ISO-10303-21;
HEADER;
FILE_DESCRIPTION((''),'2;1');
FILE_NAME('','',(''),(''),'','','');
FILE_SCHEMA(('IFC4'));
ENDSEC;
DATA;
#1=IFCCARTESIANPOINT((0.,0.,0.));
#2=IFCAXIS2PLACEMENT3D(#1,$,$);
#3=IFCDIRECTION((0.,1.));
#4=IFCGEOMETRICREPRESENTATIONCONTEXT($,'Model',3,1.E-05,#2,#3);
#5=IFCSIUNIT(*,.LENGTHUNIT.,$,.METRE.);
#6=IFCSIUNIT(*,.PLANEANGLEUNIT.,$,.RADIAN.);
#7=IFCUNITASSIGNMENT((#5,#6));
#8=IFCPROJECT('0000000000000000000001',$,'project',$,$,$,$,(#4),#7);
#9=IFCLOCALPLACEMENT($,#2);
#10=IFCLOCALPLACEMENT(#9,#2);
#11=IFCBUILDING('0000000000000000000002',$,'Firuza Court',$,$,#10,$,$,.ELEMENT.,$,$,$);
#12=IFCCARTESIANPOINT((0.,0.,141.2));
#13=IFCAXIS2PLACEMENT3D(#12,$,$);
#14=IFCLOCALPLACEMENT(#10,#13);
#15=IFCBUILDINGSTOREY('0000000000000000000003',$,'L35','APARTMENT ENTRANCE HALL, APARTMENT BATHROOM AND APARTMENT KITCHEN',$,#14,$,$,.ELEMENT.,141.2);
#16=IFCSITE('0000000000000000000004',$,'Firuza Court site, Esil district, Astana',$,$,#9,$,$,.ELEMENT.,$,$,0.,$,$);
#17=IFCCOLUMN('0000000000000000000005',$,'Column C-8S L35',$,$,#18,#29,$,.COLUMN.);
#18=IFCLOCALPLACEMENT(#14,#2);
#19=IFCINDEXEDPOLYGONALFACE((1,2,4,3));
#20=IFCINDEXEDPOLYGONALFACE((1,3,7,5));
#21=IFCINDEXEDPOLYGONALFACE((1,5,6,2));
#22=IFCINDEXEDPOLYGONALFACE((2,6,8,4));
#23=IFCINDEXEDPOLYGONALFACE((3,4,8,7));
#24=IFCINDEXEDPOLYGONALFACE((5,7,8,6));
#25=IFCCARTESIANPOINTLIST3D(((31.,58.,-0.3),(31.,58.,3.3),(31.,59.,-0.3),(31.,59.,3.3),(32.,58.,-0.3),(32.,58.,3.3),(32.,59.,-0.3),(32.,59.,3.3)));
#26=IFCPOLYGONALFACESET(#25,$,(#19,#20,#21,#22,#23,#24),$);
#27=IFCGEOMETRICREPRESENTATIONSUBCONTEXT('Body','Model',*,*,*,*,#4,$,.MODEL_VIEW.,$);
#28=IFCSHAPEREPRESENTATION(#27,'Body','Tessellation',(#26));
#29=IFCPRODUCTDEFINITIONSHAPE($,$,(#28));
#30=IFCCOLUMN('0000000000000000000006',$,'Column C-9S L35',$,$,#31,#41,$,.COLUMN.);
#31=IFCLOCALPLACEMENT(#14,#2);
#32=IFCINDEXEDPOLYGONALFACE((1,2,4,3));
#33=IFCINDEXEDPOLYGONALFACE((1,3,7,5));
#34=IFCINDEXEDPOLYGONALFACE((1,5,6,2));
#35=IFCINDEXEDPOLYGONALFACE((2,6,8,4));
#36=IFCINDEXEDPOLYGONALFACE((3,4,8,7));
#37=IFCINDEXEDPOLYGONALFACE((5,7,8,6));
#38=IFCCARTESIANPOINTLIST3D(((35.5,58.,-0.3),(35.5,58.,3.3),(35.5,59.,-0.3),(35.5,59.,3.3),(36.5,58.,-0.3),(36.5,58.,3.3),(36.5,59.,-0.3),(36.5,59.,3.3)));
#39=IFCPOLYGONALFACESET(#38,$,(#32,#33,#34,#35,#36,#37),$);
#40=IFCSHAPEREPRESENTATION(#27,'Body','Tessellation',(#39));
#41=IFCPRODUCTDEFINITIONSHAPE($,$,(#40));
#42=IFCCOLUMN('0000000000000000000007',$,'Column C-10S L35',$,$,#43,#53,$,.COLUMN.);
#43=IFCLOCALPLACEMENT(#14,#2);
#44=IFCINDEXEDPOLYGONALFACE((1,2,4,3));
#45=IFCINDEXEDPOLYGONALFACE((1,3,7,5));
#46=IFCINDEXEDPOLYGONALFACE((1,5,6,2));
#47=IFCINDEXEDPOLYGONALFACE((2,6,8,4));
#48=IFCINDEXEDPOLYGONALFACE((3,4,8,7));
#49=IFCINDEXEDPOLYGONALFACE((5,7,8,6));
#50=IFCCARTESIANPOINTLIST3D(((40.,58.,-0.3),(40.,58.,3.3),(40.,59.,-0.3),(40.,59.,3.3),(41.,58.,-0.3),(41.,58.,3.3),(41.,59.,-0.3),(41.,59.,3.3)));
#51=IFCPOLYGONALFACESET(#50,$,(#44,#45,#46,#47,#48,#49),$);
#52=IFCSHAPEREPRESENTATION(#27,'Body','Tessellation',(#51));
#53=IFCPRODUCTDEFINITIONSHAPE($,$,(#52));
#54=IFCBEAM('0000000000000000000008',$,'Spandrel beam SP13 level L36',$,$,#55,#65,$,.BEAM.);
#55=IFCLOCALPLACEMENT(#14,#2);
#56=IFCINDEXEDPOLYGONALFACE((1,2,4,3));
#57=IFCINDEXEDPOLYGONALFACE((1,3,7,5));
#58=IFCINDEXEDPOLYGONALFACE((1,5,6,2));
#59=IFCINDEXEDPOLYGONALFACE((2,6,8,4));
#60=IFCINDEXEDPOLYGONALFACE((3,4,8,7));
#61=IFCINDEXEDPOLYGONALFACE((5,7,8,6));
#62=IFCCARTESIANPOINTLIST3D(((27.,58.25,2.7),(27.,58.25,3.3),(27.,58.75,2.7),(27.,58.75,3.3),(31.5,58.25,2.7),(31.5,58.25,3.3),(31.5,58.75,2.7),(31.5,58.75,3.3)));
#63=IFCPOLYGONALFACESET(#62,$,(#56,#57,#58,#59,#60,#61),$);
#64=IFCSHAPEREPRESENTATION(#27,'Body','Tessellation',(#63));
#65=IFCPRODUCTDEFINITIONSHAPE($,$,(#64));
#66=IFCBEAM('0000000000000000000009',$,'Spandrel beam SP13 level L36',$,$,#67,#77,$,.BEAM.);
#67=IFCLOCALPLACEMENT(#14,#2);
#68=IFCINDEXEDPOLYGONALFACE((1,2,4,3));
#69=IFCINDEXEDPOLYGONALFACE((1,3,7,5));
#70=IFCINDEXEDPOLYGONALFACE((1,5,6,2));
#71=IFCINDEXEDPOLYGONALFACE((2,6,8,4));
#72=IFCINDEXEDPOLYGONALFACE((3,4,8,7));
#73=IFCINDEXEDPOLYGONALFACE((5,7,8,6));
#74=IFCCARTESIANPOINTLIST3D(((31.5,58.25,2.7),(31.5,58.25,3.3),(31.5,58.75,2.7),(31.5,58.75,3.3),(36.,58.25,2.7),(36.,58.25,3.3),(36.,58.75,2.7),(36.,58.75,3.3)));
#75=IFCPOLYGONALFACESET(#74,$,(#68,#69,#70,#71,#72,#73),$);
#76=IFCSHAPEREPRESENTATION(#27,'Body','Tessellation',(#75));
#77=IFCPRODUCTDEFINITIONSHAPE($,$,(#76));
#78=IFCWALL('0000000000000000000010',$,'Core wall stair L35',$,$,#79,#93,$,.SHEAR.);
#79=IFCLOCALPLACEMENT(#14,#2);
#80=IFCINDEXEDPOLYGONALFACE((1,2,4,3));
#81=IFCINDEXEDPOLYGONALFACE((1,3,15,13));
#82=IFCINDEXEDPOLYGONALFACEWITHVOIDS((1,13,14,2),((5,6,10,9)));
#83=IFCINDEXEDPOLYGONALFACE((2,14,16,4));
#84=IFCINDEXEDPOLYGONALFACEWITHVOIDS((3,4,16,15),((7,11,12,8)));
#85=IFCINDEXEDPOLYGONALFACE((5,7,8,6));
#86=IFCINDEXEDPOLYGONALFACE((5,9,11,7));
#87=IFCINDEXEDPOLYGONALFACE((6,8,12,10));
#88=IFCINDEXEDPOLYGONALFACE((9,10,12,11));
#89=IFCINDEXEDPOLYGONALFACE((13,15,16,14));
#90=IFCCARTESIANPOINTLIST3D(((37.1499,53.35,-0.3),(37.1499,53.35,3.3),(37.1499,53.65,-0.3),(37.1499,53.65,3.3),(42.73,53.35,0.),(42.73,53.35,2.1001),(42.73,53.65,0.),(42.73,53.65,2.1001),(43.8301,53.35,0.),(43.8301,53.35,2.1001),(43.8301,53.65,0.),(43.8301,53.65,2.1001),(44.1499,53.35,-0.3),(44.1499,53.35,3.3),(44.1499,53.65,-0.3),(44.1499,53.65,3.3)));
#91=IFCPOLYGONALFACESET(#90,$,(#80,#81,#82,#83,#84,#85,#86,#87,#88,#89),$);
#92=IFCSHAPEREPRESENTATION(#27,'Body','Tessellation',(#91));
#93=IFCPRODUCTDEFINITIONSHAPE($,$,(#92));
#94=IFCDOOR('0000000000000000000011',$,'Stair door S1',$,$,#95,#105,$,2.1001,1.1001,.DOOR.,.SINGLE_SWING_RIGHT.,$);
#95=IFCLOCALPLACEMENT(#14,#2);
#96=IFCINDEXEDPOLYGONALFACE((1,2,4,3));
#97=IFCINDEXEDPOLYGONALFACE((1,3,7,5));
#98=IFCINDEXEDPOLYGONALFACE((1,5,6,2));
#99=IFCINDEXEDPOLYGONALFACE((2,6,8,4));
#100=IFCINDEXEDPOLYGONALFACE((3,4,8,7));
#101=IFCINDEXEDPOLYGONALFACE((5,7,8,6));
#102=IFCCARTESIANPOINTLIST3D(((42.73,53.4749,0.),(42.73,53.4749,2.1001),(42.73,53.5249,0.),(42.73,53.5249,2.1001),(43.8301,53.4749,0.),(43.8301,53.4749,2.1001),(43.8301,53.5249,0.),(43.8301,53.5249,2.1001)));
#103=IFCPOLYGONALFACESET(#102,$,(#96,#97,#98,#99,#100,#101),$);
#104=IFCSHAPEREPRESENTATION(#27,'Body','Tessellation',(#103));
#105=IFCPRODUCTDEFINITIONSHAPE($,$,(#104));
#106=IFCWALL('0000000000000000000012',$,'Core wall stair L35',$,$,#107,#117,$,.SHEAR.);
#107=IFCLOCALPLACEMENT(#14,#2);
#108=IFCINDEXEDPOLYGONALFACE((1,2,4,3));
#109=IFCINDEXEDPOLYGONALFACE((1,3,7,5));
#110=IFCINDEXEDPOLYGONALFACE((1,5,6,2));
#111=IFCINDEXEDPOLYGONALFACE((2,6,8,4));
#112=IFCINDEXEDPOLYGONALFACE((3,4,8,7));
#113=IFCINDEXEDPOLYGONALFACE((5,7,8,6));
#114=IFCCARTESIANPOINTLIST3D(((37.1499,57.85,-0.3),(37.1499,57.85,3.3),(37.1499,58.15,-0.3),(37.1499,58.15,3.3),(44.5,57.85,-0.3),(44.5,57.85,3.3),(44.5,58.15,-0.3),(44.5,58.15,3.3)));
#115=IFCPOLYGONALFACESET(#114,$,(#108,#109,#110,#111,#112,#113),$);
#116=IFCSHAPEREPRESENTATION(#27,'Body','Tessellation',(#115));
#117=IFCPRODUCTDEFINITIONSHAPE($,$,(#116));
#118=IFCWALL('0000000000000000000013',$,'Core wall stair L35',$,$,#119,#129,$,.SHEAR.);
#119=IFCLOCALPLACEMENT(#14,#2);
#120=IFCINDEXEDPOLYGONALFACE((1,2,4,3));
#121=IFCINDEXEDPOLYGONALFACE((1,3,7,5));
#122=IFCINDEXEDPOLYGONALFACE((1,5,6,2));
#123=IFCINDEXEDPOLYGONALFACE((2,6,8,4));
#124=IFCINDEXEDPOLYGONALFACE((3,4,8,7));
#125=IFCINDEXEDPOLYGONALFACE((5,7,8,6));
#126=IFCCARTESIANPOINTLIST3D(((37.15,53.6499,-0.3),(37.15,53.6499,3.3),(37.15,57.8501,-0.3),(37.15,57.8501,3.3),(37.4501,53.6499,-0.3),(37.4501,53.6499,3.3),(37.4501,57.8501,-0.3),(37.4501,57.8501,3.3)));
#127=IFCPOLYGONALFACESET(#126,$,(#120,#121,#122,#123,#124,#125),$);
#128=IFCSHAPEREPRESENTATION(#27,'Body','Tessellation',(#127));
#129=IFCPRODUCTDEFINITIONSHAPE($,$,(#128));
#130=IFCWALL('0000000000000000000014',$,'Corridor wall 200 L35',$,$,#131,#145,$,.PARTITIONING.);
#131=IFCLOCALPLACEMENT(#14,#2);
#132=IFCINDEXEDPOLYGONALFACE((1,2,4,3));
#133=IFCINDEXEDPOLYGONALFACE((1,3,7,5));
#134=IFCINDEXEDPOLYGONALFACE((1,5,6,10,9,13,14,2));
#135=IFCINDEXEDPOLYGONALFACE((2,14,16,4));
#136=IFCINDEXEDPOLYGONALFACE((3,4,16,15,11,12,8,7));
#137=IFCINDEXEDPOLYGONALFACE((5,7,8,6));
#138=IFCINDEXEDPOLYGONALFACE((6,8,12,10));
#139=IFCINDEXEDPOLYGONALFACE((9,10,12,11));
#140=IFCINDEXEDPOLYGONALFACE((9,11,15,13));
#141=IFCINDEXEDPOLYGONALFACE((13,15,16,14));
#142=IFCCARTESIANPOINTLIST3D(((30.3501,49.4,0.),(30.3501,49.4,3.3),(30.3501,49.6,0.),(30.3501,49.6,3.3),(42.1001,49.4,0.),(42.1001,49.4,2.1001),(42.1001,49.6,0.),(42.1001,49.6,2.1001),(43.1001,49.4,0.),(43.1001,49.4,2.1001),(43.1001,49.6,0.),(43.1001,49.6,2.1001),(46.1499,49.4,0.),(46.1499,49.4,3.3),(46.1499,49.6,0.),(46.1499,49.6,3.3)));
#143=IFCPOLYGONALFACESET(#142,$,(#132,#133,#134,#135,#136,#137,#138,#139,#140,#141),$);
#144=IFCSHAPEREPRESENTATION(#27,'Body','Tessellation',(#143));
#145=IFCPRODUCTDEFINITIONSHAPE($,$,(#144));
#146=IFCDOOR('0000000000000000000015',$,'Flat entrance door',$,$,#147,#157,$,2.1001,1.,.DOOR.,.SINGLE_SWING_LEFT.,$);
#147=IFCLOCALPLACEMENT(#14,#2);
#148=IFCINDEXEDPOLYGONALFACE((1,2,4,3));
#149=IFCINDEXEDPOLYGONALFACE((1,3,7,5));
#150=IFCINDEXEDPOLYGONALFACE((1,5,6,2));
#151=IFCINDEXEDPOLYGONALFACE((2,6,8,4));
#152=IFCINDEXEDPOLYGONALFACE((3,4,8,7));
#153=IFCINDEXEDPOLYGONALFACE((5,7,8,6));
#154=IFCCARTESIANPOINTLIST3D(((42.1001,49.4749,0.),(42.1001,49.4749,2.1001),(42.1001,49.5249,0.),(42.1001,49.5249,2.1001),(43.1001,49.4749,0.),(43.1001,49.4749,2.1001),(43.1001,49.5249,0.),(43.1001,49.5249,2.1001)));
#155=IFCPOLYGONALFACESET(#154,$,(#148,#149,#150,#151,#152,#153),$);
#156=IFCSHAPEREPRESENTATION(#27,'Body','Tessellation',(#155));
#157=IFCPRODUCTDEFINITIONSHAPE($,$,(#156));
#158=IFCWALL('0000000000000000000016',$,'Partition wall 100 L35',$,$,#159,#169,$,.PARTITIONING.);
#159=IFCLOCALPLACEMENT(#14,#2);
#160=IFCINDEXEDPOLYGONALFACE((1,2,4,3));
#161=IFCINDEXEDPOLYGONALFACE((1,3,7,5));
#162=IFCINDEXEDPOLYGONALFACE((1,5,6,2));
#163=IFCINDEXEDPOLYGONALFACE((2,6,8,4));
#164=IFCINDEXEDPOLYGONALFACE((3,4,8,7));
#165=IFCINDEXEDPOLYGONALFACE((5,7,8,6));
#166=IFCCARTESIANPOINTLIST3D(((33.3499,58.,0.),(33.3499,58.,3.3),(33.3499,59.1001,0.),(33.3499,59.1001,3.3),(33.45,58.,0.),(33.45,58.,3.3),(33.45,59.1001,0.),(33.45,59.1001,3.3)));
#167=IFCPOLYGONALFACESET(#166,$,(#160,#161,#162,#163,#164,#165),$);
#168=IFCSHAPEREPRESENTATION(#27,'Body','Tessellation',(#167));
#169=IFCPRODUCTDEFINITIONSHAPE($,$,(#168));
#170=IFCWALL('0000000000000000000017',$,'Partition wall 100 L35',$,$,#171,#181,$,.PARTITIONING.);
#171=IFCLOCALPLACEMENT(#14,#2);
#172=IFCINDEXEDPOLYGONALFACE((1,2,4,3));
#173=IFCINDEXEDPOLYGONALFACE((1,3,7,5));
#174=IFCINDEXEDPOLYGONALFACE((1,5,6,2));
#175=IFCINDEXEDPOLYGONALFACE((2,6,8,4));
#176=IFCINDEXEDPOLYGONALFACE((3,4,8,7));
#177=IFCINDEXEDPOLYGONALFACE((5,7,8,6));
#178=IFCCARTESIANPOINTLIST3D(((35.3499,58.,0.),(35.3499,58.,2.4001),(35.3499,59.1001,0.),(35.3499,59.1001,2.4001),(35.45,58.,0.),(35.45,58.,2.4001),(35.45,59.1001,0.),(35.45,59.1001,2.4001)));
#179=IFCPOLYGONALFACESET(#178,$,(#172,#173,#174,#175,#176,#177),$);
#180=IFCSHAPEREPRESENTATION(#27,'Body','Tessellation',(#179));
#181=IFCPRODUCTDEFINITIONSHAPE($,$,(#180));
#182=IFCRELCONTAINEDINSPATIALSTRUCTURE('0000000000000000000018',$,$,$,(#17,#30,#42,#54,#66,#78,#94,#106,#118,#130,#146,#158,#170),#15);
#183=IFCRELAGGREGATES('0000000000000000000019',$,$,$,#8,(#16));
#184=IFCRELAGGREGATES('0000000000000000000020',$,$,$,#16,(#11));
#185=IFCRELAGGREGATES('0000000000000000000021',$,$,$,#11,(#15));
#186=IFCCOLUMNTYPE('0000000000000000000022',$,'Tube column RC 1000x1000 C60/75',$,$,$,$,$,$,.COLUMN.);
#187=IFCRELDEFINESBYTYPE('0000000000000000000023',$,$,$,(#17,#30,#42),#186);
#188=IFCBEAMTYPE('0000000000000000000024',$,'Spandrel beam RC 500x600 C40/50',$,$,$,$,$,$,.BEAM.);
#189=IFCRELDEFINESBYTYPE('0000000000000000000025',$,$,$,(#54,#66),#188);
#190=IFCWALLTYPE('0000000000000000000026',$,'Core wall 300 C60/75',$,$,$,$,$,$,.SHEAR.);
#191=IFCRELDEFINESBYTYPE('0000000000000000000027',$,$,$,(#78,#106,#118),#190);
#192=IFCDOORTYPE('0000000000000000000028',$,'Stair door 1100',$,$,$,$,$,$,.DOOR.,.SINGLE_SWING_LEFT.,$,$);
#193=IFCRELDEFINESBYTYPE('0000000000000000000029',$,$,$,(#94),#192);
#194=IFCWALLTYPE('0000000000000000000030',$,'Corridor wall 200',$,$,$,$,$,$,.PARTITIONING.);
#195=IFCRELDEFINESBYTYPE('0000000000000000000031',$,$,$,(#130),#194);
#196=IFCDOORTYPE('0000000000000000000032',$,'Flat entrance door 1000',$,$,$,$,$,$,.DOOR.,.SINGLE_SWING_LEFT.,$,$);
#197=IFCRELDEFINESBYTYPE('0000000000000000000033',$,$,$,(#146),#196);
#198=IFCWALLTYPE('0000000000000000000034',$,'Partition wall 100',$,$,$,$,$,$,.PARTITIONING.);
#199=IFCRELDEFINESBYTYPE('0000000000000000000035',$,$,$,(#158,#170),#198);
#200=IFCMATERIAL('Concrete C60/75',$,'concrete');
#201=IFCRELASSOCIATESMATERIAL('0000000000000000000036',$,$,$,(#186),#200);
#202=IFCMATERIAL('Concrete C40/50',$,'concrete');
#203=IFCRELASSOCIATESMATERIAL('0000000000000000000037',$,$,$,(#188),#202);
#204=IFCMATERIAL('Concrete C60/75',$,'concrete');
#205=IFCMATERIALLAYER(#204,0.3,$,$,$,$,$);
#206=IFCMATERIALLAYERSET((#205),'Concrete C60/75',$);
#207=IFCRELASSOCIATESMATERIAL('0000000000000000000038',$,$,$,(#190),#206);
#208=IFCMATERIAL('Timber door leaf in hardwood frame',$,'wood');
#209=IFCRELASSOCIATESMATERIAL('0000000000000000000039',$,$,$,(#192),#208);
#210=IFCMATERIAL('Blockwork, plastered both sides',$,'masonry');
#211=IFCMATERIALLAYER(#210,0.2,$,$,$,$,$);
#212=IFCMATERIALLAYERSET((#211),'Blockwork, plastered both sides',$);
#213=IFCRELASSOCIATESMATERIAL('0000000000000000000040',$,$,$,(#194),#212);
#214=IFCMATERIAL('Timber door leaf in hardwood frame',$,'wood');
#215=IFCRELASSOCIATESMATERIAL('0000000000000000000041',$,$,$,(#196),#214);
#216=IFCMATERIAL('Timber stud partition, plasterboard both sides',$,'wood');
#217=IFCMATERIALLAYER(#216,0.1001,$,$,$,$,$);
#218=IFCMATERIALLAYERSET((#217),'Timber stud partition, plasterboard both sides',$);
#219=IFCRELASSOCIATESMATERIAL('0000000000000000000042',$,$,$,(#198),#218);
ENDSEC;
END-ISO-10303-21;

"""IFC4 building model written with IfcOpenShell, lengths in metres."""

from ifc_helpers import new_model, si_unit, direction, frame, frame_2d, origin, origin_2d, place, context, subcontext, project, spatial, rectangle, extrude, material, layer, layer_set, material_profile, profile_set, type_object, element, fill, save


model = new_model("IFC4")

# Units and contexts
model_context = context("Model", 3, precision=1e-05, world=origin(), true_north=direction((0.0, 1.0)))
body_context = subcontext(model_context, "Body", "Model", "MODEL_VIEW")
ifc_project = project(units=[si_unit("LENGTHUNIT", "METRE"), si_unit("PLANEANGLEUNIT", "RADIAN")], contexts=[model_context])

# Site, building, storey
site_placement = place(None, origin())
site = spatial("IfcSite", under=ifc_project, at=site_placement, Name="Firuza Court site, Esil district, Astana", CompositionType="ELEMENT", RefElevation=0.0)
building_placement = place(site_placement, origin())
building = spatial("IfcBuilding", under=site, at=building_placement, Name="Firuza Court", CompositionType="ELEMENT")
storey_placement = place(building_placement, frame((0.0, 0.0, 141.2)))
storey = spatial("IfcBuildingStorey", under=building, at=storey_placement, Name="L35", Description="APARTMENT ENTRANCE HALL, APARTMENT BATHROOM AND APARTMENT KITCHEN", CompositionType="ELEMENT", Elevation=141.2)

# Columns
ifc_material_1 = material(Name="Concrete C60/75", Category="concrete")
ifc_material_profile_1 = material_profile(ifc_material_1, rectangle(XDim=1.0, YDim=1.0, at=origin_2d()), Name="RC 1000x1000")
ifc_profile_set_1 = profile_set([ifc_material_profile_1], Name="Concrete C60/75")
column_type = type_object("IfcColumnType", Name="Tube column RC 1000x1000 C60/75", PredefinedType="COLUMN", material=ifc_profile_set_1)
for number, where, z_axis, x_axis, name in (
    (1, (31.5, 58.5, -0.3), (0.0, 0.0, 1.0), (1.0, 0.0, 0.0), "Column C-8S L35"),
    (2, (36.0, 58.5, -0.3), (0.0, 0.0, 1.0), (1.0, 0.0, 0.0), "Column C-9S L35"),
    (3, (40.5, 58.5, -0.3), (0.0, 0.0, 1.0), (1.0, 0.0, 0.0), "Column C-10S L35"),
):
    element("IfcColumn", number, at=place(storey_placement, frame(where, z_axis=z_axis, x_axis=x_axis)), inside=storey, type_object=column_type, Name=name, PredefinedType="COLUMN", context=body_context, shape_type="SweptSolid", body=[
        extrude(rectangle(XDim=1.0, YDim=1.0, at=origin_2d()), origin(), (0.0, 0.0, 1.0), 3.6001),
    ])

# Beams
ifc_material_2 = material(Name="Concrete C40/50", Category="concrete")
ifc_material_profile_2 = material_profile(ifc_material_2, rectangle(XDim=0.5, YDim=0.6001, at=origin_2d()), Name="RC 500x600")
ifc_profile_set_2 = profile_set([ifc_material_profile_2], Name="Concrete C40/50")
beam_type = type_object("IfcBeamType", Name="Spandrel beam RC 500x600 C40/50", PredefinedType="BEAM", material=ifc_profile_set_2)
for number, where, z_axis, x_axis, name in (
    (4, (31.5, 58.5, 3.0), (-1.0, 0.0, 0.0), (0.0, -1.0, 0.0), "Spandrel beam SP13 level L36"),
    (5, (36.0, 58.5, 3.0), (-1.0, 0.0, 0.0), (0.0, -1.0, 0.0), "Spandrel beam SP13 level L36"),
):
    element("IfcBeam", number, at=place(storey_placement, frame(where, z_axis=z_axis, x_axis=x_axis)), inside=storey, type_object=beam_type, Name=name, PredefinedType="BEAM", context=body_context, shape_type="SweptSolid", body=[
        extrude(rectangle(XDim=0.5, YDim=0.6001, at=origin_2d()), origin(), (0.0, 0.0, 1.0), 4.5),
    ])

# Wall, opening, door
ifc_material_3 = material(Name="Concrete C60/75", Category="concrete")
ifc_layer_1 = layer(ifc_material_3, 0.3)
ifc_layer_set_1 = layer_set([ifc_layer_1], Name="Concrete C60/75")
wall_type_1 = type_object("IfcWallType", Name="Core wall 300 C60/75", PredefinedType="SHEAR", material=ifc_layer_set_1)
wall_1_placement = place(storey_placement, frame((37.1499, 53.5, -0.3), z_axis=(0.0, 0.0, 1.0), x_axis=(1.0, 0.0, 0.0)))
wall_1 = element("IfcWall", 6, at=wall_1_placement, inside=storey, type_object=wall_type_1, Name="Core wall stair L35", PredefinedType="SHEAR", context=body_context, shape_type="SweptSolid", body=[
    extrude(rectangle(XDim=7.0, YDim=0.3, at=frame_2d((3.5, 0.0))), origin(), (0.0, 0.0, 1.0), 3.6001),
])
opening_1_placement = place(wall_1_placement, frame((5.5801, 0.0, 0.3)))
opening_1 = element("IfcOpeningElement", 7, at=opening_1_placement, cuts=wall_1, PredefinedType="OPENING", context=body_context, shape_type="SweptSolid", body=[
    extrude(rectangle(XDim=1.1001, YDim=2.1001, at=frame_2d((0.55, 1.05))), frame((0.0, 0.1621, 0.0), z_axis=(0.0, -1.0, 0.0), x_axis=(1.0, 0.0, 0.0)), (0.0, 0.0, 1.0), 0.324),
])
ifc_material_4 = material(Name="Timber door leaf in hardwood frame", Category="wood")
door_type_1 = type_object("IfcDoorType", Name="Stair door 1100", OperationType="SINGLE_SWING_LEFT", PredefinedType="DOOR", material=ifc_material_4)
door_1_placement = place(opening_1_placement, origin())
door_1 = element("IfcDoor", 8, at=door_1_placement, inside=storey, type_object=door_type_1, Name="Stair door S1", OperationType="SINGLE_SWING_RIGHT", OverallHeight=2.1001, OverallWidth=1.1001, PredefinedType="DOOR", context=body_context, shape_type="SweptSolid", body=[
    extrude(rectangle(XDim=1.1001, YDim=2.1001, at=frame_2d((0.55, 1.05))), frame((0.0, 0.0249, 0.0), z_axis=(0.0, -1.0, 0.0), x_axis=(1.0, 0.0, 0.0)), (0.0, 0.0, 1.0), 0.05),
])
fill(opening_1, door_1)

# Walls
wall_2_placement = place(storey_placement, frame((37.1499, 58.0, -0.3), z_axis=(0.0, 0.0, 1.0), x_axis=(1.0, 0.0, 0.0)))
element("IfcWall", 9, at=wall_2_placement, inside=storey, type_object=wall_type_1, Name="Core wall stair L35", PredefinedType="SHEAR", context=body_context, shape_type="SweptSolid", body=[
    extrude(rectangle(XDim=7.3501, YDim=0.3, at=frame_2d((3.675, 0.0))), origin(), (0.0, 0.0, 1.0), 3.6001),
])
wall_3_placement = place(storey_placement, frame((37.3, 53.6499, -0.3), z_axis=(0.0, 0.0, 1.0), x_axis=(0.0, 1.0, 0.0)))
element("IfcWall", 10, at=wall_3_placement, inside=storey, type_object=wall_type_1, Name="Core wall stair L35", PredefinedType="SHEAR", context=body_context, shape_type="SweptSolid", body=[
    extrude(rectangle(XDim=4.2002, YDim=0.3, at=frame_2d((2.1001, 0.0))), origin(), (0.0, 0.0, 1.0), 3.6001),
])

# Wall, opening, door
ifc_material_5 = material(Name="Blockwork, plastered both sides", Category="masonry")
ifc_layer_2 = layer(ifc_material_5, 0.2)
ifc_layer_set_2 = layer_set([ifc_layer_2], Name="Blockwork, plastered both sides")
wall_type_2 = type_object("IfcWallType", Name="Corridor wall 200", PredefinedType="PARTITIONING", material=ifc_layer_set_2)
wall_4_placement = place(storey_placement, frame((30.3501, 49.5, 0.0), z_axis=(0.0, 0.0, 1.0), x_axis=(1.0, 0.0, 0.0)))
wall_4 = element("IfcWall", 11, at=wall_4_placement, inside=storey, type_object=wall_type_2, Name="Corridor wall 200 L35", PredefinedType="PARTITIONING", context=body_context, shape_type="SweptSolid", body=[
    extrude(rectangle(XDim=15.7998, YDim=0.2, at=frame_2d((7.8999, 0.0))), origin(), (0.0, 0.0, 1.0), 3.3),
])
opening_2_placement = place(wall_4_placement, frame((11.75, 0.0, 0.0)))
opening_2 = element("IfcOpeningElement", 12, at=opening_2_placement, cuts=wall_4, PredefinedType="OPENING", context=body_context, shape_type="SweptSolid", body=[
    extrude(rectangle(XDim=1.0, YDim=2.1001, at=frame_2d((0.5, 1.05))), frame((0.0, 0.1118, 0.0), z_axis=(0.0, -1.0, 0.0), x_axis=(1.0, 0.0, 0.0)), (0.0, 0.0, 1.0), 0.2239),
])
ifc_material_6 = material(Name="Timber door leaf in hardwood frame", Category="wood")
door_type_2 = type_object("IfcDoorType", Name="Flat entrance door 1000", OperationType="SINGLE_SWING_LEFT", PredefinedType="DOOR", material=ifc_material_6)
door_2_placement = place(opening_2_placement, origin())
door_2 = element("IfcDoor", 13, at=door_2_placement, inside=storey, type_object=door_type_2, Name="Flat entrance door", OperationType="SINGLE_SWING_LEFT", OverallHeight=2.1001, OverallWidth=1.0, PredefinedType="DOOR", context=body_context, shape_type="SweptSolid", body=[
    extrude(rectangle(XDim=1.0, YDim=2.1001, at=frame_2d((0.5, 1.05))), frame((0.0, 0.0249, 0.0), z_axis=(0.0, -1.0, 0.0), x_axis=(1.0, 0.0, 0.0)), (0.0, 0.0, 1.0), 0.05),
])
fill(opening_2, door_2)

# Walls
ifc_material_7 = material(Name="Timber stud partition, plasterboard both sides", Category="wood")
ifc_layer_3 = layer(ifc_material_7, 0.1001)
ifc_layer_set_3 = layer_set([ifc_layer_3], Name="Timber stud partition, plasterboard both sides")
wall_type_3 = type_object("IfcWallType", Name="Partition wall 100", PredefinedType="PARTITIONING", material=ifc_layer_set_3)
wall_5_placement = place(storey_placement, frame((33.3999, 58.0, 0.0), z_axis=(0.0, 0.0, 1.0), x_axis=(0.0, 1.0, 0.0)))
element("IfcWall", 14, at=wall_5_placement, inside=storey, type_object=wall_type_3, Name="Partition wall 100 L35", PredefinedType="PARTITIONING", context=body_context, shape_type="SweptSolid", body=[
    extrude(rectangle(XDim=1.1001, YDim=0.1001, at=frame_2d((0.55, 0.0))), origin(), (0.0, 0.0, 1.0), 3.3),
])
wall_6_placement = place(storey_placement, frame((35.3999, 58.0, 0.0), z_axis=(0.0, 0.0, 1.0), x_axis=(0.0, 1.0, 0.0)))
element("IfcWall", 15, at=wall_6_placement, inside=storey, type_object=wall_type_3, Name="Partition wall 100 L35", PredefinedType="PARTITIONING", context=body_context, shape_type="SweptSolid", body=[
    extrude(rectangle(XDim=1.1001, YDim=0.1001, at=frame_2d((0.55, 0.0))), origin(), (0.0, 0.0, 1.0), 2.4001),
])

save(model, "model.ifc")
